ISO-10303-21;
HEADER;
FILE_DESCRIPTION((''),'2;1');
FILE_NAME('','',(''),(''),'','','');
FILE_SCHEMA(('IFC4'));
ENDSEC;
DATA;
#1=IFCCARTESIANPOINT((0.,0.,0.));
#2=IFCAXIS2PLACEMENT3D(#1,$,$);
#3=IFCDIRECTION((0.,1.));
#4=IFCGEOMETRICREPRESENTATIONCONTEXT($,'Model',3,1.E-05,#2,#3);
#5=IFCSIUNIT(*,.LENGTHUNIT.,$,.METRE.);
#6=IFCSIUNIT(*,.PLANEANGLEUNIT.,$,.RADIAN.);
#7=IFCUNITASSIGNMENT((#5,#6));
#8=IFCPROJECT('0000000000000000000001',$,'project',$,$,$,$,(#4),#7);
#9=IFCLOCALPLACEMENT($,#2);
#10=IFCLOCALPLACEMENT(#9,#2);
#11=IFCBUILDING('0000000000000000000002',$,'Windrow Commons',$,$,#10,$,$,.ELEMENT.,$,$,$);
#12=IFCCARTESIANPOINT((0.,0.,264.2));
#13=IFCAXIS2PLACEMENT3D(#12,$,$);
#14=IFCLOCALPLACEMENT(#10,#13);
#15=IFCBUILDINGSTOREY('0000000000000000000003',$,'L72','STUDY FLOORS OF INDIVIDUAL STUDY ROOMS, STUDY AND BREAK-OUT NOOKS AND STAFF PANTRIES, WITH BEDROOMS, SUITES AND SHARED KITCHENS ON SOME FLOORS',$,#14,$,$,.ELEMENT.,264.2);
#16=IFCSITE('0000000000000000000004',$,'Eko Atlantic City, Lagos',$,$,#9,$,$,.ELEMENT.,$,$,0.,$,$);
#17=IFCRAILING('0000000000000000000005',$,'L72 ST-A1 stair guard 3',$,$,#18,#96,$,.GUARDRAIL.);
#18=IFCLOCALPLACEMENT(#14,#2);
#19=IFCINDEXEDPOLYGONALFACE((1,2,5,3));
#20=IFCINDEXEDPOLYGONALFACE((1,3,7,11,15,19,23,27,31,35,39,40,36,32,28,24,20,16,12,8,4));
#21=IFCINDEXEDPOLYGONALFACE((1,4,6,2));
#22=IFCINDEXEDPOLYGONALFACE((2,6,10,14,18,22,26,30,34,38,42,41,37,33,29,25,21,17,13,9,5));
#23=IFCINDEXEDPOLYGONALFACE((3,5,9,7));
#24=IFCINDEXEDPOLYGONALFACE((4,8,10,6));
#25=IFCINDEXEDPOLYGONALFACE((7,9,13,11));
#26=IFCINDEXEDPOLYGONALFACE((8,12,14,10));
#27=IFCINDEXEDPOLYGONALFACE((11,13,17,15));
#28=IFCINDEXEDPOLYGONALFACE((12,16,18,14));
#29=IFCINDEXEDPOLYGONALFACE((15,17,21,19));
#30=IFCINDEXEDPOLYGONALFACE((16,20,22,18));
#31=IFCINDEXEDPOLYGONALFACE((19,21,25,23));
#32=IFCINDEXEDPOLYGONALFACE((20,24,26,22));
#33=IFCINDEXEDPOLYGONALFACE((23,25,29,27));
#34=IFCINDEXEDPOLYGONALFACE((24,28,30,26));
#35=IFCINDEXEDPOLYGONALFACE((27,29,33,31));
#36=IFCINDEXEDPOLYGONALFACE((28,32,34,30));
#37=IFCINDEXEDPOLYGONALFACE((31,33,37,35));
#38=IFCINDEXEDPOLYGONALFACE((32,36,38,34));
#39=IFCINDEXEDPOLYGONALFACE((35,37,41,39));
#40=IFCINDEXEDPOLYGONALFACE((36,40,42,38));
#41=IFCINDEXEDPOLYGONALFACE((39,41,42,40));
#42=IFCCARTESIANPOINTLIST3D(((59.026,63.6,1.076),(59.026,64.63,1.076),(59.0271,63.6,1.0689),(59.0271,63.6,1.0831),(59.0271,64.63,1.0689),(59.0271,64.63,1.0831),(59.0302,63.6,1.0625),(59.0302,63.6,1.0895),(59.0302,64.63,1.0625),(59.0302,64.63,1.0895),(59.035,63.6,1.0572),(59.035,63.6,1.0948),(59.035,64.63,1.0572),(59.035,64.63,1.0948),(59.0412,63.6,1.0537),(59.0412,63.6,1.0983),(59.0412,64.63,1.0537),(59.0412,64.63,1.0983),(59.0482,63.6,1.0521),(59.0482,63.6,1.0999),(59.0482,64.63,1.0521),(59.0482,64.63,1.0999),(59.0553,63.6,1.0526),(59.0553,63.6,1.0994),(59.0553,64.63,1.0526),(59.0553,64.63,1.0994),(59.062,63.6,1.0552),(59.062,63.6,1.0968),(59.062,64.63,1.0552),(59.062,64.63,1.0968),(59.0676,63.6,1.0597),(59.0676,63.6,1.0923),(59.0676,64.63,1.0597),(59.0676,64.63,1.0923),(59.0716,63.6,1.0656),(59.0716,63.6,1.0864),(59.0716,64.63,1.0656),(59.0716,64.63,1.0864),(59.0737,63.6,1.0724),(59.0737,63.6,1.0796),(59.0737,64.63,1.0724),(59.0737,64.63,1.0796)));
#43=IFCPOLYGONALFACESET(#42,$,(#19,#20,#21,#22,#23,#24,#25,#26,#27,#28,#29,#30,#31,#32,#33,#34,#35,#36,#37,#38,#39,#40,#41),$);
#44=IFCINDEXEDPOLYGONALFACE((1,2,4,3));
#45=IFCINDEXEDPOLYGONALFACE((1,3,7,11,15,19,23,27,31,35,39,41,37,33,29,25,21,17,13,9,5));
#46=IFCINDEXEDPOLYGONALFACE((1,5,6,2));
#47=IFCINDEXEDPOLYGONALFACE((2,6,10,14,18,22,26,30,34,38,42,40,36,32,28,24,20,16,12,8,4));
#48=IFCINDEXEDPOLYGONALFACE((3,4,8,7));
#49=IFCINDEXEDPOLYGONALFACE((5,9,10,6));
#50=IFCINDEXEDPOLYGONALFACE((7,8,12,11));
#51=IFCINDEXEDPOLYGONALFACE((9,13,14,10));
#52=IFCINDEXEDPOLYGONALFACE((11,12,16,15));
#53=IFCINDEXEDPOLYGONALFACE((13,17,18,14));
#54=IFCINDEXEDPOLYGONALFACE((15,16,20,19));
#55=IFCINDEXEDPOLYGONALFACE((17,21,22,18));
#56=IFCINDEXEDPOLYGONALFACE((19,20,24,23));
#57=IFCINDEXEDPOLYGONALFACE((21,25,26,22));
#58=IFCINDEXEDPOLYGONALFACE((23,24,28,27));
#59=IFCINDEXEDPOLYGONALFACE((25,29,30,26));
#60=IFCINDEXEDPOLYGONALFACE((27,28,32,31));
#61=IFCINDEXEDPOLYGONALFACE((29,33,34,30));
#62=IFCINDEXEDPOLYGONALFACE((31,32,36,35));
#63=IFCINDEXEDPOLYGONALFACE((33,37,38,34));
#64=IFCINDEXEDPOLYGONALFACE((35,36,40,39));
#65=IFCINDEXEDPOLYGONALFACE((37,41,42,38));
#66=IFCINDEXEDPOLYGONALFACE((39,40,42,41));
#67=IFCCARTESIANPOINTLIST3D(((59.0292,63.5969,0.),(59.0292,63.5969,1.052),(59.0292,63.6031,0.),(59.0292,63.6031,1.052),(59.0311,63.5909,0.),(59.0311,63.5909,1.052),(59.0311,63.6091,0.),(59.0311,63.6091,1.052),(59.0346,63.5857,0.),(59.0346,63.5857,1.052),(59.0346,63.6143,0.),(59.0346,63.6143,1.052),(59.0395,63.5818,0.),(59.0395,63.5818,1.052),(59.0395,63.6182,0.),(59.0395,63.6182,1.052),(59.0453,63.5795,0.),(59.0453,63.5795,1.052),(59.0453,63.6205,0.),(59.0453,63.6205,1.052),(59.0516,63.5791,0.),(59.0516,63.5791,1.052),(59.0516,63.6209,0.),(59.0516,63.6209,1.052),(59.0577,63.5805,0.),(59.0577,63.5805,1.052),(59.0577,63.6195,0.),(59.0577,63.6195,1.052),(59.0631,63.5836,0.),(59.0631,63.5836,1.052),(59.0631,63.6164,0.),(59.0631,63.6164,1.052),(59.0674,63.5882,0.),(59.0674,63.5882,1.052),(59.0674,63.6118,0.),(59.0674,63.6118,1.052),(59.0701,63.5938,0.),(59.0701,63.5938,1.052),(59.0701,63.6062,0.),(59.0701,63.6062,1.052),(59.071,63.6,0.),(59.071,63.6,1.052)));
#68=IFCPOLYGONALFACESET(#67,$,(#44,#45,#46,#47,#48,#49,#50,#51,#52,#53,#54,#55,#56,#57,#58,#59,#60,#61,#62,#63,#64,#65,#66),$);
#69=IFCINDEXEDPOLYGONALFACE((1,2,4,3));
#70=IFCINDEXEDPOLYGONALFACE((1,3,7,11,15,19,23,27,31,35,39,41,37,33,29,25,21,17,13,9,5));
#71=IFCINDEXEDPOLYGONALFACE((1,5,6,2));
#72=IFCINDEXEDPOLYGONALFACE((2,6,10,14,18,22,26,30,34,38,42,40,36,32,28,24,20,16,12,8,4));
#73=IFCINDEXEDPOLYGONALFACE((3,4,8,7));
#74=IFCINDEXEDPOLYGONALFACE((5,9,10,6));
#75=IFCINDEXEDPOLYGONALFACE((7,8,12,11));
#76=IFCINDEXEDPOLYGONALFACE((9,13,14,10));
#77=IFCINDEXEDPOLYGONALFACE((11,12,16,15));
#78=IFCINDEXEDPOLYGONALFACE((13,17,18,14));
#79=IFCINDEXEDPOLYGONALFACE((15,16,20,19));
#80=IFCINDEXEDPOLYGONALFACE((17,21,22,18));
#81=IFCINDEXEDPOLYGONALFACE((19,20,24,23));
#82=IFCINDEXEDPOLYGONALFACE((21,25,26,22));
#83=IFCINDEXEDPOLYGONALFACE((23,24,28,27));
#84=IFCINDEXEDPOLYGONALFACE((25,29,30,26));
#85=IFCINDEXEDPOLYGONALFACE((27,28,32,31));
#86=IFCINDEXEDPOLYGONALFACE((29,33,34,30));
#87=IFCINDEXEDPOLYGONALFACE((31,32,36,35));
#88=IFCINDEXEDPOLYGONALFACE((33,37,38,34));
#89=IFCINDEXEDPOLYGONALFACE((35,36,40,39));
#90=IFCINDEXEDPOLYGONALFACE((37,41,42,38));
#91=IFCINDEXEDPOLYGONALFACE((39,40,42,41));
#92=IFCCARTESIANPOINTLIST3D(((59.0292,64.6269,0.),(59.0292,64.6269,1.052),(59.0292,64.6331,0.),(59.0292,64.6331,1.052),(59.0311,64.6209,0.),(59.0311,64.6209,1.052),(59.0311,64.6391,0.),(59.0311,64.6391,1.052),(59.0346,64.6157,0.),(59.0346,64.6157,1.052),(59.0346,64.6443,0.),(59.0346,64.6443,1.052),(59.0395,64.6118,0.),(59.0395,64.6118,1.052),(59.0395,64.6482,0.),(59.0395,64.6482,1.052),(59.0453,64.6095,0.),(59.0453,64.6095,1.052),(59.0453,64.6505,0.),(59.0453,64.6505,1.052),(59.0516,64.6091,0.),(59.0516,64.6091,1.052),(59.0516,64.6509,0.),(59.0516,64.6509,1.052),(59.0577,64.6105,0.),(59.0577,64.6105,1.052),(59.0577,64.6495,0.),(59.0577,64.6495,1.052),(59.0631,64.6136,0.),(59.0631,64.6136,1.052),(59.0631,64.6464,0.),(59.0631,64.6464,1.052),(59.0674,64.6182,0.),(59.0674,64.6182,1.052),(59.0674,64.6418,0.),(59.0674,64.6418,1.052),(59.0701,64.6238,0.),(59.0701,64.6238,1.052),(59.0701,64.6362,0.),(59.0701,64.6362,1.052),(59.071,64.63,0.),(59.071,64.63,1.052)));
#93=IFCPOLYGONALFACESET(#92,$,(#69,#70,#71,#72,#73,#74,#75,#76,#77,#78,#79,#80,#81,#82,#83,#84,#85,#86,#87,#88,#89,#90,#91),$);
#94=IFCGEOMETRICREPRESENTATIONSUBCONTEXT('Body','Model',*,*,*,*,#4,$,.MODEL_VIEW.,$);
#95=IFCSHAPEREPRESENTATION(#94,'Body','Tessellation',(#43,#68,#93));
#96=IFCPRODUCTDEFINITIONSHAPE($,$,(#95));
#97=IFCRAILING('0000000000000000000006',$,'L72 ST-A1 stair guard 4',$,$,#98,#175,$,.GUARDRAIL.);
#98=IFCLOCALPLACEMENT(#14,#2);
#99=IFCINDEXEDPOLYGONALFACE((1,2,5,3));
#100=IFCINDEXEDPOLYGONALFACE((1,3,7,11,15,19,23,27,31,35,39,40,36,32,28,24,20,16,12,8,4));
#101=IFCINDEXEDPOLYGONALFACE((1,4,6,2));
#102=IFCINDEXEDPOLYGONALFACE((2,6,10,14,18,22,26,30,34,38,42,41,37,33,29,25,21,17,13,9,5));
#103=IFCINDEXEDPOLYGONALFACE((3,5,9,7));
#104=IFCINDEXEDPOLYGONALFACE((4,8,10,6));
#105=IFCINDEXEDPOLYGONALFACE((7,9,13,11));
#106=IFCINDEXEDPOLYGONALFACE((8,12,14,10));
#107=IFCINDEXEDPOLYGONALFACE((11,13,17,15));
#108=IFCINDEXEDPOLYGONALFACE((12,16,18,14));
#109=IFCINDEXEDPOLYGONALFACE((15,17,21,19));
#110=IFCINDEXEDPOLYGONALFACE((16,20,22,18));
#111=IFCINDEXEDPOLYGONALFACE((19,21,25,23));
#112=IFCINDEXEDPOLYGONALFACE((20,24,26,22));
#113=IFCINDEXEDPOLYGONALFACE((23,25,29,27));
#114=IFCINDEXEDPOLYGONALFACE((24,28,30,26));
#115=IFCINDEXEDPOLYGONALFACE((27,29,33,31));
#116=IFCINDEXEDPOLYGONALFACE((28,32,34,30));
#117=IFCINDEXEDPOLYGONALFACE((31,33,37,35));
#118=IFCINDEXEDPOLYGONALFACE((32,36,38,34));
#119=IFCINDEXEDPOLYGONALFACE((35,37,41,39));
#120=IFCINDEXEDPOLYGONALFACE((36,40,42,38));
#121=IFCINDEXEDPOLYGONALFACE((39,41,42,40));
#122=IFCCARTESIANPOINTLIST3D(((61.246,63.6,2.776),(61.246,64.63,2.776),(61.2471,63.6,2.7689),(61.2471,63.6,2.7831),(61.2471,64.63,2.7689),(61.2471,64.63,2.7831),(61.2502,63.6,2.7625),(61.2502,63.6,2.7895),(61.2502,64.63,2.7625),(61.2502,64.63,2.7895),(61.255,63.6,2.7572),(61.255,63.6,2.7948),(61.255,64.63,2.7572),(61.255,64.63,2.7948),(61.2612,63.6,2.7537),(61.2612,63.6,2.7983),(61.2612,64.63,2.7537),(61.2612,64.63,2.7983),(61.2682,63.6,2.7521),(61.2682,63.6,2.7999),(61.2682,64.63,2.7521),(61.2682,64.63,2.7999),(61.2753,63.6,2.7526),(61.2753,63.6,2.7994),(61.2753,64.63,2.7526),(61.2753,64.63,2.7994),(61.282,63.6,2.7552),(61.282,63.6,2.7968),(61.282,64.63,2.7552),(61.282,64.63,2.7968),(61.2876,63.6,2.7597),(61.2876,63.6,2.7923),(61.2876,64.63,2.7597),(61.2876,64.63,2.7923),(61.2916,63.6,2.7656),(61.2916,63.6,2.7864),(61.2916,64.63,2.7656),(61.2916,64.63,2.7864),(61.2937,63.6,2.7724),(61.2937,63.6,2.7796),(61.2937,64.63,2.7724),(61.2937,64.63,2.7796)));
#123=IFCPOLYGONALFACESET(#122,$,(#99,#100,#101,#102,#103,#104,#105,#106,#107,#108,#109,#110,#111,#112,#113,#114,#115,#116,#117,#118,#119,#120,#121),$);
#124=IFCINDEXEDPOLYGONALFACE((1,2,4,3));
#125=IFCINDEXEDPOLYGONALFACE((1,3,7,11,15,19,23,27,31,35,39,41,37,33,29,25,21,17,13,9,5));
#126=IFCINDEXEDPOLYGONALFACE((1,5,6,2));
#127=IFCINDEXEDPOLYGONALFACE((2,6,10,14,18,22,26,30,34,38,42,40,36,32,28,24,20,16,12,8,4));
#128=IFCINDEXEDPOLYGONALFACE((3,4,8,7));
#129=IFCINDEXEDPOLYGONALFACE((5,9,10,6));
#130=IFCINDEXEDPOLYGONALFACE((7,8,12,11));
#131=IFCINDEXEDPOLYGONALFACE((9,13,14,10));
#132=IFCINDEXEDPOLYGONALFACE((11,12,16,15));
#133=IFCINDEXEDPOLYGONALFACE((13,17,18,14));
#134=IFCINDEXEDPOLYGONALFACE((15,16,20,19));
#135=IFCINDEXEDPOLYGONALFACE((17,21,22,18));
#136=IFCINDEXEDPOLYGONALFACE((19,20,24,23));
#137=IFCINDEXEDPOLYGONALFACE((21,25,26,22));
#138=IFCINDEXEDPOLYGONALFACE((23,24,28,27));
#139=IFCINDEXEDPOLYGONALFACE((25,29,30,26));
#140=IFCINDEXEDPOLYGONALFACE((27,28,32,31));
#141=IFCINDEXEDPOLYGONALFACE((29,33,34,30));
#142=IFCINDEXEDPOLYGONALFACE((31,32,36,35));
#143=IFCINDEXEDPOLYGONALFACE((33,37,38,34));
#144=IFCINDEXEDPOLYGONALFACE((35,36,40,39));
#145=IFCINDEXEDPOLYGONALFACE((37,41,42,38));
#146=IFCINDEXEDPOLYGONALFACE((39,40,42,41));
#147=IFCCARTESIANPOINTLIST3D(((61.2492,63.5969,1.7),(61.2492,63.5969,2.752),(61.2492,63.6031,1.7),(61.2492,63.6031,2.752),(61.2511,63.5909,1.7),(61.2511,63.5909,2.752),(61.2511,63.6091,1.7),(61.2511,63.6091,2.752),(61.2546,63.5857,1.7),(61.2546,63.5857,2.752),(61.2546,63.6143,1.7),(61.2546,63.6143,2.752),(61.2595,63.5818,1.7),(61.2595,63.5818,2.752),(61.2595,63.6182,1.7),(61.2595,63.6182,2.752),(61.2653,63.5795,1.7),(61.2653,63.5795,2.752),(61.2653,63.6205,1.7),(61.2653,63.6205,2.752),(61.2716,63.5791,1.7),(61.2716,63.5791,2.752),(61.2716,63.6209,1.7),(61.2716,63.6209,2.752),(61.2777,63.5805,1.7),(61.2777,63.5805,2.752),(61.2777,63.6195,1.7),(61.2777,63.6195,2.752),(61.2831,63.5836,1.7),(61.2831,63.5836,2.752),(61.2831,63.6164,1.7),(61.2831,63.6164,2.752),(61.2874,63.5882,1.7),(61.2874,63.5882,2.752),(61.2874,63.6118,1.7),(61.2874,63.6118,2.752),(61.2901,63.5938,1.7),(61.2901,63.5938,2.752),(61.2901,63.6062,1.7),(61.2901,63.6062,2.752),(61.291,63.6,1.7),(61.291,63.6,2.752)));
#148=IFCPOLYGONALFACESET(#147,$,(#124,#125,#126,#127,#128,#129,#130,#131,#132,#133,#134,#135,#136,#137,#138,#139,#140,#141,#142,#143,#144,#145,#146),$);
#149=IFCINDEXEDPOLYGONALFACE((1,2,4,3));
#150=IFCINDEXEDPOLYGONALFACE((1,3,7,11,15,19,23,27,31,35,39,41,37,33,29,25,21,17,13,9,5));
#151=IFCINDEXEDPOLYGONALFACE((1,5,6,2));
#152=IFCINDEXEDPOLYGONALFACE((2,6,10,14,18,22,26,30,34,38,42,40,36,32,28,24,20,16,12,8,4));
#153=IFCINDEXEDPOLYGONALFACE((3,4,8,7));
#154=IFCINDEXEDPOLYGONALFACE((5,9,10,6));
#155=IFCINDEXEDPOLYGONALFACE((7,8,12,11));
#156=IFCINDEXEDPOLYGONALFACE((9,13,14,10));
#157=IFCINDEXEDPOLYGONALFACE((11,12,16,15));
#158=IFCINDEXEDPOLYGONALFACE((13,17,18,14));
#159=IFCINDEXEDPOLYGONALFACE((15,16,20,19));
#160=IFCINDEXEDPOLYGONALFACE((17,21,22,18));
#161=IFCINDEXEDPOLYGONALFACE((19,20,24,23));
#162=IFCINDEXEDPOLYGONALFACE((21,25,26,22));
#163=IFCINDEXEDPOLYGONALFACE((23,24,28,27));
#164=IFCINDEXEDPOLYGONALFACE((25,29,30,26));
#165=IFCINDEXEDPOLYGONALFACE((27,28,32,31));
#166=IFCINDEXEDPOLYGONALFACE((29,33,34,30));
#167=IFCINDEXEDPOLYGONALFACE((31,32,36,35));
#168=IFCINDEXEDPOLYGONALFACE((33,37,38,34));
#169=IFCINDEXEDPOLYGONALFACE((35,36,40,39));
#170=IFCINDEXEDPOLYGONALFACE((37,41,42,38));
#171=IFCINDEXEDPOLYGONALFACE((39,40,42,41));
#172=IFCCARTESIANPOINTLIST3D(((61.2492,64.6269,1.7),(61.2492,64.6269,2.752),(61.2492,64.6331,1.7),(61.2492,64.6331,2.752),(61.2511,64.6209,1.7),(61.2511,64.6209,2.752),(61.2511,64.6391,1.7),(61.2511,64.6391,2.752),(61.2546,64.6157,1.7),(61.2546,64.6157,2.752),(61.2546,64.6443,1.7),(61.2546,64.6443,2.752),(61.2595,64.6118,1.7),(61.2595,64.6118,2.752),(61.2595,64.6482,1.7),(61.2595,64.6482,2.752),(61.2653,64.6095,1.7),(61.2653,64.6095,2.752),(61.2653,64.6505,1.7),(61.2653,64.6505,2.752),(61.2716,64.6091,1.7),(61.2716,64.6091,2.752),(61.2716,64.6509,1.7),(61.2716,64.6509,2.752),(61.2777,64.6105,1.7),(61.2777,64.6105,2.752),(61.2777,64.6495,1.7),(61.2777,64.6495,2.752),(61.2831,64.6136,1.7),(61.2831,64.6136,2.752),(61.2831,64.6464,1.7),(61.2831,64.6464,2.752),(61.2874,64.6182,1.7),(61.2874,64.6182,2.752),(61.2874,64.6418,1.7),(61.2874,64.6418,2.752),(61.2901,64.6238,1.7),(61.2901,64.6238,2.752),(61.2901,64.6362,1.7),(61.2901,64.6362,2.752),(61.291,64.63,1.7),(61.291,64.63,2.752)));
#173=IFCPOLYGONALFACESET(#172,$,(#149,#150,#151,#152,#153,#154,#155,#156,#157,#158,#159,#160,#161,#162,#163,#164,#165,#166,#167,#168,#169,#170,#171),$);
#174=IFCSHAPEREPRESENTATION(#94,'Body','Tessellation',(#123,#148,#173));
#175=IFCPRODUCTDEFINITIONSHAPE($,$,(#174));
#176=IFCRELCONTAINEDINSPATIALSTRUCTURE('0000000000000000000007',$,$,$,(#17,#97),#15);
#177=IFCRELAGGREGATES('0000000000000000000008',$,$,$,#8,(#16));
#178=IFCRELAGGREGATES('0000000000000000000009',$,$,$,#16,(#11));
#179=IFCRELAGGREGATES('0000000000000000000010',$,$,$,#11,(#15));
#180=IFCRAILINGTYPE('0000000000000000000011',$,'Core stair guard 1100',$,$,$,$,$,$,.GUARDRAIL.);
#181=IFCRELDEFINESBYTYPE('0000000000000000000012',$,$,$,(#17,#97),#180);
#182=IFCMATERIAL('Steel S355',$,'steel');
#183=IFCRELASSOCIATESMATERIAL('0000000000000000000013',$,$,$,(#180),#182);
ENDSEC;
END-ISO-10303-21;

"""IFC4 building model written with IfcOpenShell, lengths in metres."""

from ifc_helpers import new_model, si_unit, direction, frame, origin, origin_2d, place, context, subcontext, project, spatial, circle, extrude, material, type_object, element, save


model = new_model("IFC4")

# Units and contexts
model_context = context("Model", 3, precision=1e-05, world=origin(), true_north=direction((0.0, 1.0)))
body_context = subcontext(model_context, "Body", "Model", "MODEL_VIEW")
ifc_project = project(units=[si_unit("LENGTHUNIT", "METRE"), si_unit("PLANEANGLEUNIT", "RADIAN")], contexts=[model_context])

# Site, building, storey
site_placement = place(None, origin())
site = spatial("IfcSite", under=ifc_project, at=site_placement, Name="Eko Atlantic City, Lagos", CompositionType="ELEMENT", RefElevation=0.0)
building_placement = place(site_placement, origin())
building = spatial("IfcBuilding", under=site, at=building_placement, Name="Windrow Commons", CompositionType="ELEMENT")
storey_placement = place(building_placement, frame((0.0, 0.0, 264.2)))
storey = spatial("IfcBuildingStorey", under=building, at=storey_placement, Name="L72", Description="STUDY FLOORS OF INDIVIDUAL STUDY ROOMS, STUDY AND BREAK-OUT NOOKS AND STAFF PANTRIES, WITH BEDROOMS, SUITES AND SHARED KITCHENS ON SOME FLOORS", CompositionType="ELEMENT", Elevation=264.2)

# Railings
ifc_material_1 = material(Name="Steel S355", Category="steel")
railing_type_1 = type_object("IfcRailingType", Name="Core stair guard 1100", PredefinedType="GUARDRAIL", material=ifc_material_1)
for number, where, name in (
    (1, (59.05, 63.6, 0.0), "L72 ST-A1 stair guard 3"),
    (2, (61.27, 63.6, 1.7), "L72 ST-A1 stair guard 4"),
):
    element("IfcRailing", number, at=place(storey_placement, frame(where)), inside=storey, type_object=railing_type_1, Name=name, PredefinedType="GUARDRAIL", context=body_context, shape_type="SweptSolid", body=[
        extrude(circle(Radius=0.024, at=origin_2d()), frame((0.0, 0.0, 1.076), z_axis=(0.0, 1.0, 0.0), x_axis=(-1.0, 0.0, 0.0)), (0.0, 0.0, 1.0), 1.03),
        extrude(circle(Radius=0.021, at=origin_2d()), origin(), (0.0, 0.0, 1.0), 1.052),
        extrude(circle(Radius=0.021, at=origin_2d()), frame((0.0, 1.03, 0.0)), (0.0, 0.0, 1.0), 1.052),
    ])

save(model, "model.ifc")
